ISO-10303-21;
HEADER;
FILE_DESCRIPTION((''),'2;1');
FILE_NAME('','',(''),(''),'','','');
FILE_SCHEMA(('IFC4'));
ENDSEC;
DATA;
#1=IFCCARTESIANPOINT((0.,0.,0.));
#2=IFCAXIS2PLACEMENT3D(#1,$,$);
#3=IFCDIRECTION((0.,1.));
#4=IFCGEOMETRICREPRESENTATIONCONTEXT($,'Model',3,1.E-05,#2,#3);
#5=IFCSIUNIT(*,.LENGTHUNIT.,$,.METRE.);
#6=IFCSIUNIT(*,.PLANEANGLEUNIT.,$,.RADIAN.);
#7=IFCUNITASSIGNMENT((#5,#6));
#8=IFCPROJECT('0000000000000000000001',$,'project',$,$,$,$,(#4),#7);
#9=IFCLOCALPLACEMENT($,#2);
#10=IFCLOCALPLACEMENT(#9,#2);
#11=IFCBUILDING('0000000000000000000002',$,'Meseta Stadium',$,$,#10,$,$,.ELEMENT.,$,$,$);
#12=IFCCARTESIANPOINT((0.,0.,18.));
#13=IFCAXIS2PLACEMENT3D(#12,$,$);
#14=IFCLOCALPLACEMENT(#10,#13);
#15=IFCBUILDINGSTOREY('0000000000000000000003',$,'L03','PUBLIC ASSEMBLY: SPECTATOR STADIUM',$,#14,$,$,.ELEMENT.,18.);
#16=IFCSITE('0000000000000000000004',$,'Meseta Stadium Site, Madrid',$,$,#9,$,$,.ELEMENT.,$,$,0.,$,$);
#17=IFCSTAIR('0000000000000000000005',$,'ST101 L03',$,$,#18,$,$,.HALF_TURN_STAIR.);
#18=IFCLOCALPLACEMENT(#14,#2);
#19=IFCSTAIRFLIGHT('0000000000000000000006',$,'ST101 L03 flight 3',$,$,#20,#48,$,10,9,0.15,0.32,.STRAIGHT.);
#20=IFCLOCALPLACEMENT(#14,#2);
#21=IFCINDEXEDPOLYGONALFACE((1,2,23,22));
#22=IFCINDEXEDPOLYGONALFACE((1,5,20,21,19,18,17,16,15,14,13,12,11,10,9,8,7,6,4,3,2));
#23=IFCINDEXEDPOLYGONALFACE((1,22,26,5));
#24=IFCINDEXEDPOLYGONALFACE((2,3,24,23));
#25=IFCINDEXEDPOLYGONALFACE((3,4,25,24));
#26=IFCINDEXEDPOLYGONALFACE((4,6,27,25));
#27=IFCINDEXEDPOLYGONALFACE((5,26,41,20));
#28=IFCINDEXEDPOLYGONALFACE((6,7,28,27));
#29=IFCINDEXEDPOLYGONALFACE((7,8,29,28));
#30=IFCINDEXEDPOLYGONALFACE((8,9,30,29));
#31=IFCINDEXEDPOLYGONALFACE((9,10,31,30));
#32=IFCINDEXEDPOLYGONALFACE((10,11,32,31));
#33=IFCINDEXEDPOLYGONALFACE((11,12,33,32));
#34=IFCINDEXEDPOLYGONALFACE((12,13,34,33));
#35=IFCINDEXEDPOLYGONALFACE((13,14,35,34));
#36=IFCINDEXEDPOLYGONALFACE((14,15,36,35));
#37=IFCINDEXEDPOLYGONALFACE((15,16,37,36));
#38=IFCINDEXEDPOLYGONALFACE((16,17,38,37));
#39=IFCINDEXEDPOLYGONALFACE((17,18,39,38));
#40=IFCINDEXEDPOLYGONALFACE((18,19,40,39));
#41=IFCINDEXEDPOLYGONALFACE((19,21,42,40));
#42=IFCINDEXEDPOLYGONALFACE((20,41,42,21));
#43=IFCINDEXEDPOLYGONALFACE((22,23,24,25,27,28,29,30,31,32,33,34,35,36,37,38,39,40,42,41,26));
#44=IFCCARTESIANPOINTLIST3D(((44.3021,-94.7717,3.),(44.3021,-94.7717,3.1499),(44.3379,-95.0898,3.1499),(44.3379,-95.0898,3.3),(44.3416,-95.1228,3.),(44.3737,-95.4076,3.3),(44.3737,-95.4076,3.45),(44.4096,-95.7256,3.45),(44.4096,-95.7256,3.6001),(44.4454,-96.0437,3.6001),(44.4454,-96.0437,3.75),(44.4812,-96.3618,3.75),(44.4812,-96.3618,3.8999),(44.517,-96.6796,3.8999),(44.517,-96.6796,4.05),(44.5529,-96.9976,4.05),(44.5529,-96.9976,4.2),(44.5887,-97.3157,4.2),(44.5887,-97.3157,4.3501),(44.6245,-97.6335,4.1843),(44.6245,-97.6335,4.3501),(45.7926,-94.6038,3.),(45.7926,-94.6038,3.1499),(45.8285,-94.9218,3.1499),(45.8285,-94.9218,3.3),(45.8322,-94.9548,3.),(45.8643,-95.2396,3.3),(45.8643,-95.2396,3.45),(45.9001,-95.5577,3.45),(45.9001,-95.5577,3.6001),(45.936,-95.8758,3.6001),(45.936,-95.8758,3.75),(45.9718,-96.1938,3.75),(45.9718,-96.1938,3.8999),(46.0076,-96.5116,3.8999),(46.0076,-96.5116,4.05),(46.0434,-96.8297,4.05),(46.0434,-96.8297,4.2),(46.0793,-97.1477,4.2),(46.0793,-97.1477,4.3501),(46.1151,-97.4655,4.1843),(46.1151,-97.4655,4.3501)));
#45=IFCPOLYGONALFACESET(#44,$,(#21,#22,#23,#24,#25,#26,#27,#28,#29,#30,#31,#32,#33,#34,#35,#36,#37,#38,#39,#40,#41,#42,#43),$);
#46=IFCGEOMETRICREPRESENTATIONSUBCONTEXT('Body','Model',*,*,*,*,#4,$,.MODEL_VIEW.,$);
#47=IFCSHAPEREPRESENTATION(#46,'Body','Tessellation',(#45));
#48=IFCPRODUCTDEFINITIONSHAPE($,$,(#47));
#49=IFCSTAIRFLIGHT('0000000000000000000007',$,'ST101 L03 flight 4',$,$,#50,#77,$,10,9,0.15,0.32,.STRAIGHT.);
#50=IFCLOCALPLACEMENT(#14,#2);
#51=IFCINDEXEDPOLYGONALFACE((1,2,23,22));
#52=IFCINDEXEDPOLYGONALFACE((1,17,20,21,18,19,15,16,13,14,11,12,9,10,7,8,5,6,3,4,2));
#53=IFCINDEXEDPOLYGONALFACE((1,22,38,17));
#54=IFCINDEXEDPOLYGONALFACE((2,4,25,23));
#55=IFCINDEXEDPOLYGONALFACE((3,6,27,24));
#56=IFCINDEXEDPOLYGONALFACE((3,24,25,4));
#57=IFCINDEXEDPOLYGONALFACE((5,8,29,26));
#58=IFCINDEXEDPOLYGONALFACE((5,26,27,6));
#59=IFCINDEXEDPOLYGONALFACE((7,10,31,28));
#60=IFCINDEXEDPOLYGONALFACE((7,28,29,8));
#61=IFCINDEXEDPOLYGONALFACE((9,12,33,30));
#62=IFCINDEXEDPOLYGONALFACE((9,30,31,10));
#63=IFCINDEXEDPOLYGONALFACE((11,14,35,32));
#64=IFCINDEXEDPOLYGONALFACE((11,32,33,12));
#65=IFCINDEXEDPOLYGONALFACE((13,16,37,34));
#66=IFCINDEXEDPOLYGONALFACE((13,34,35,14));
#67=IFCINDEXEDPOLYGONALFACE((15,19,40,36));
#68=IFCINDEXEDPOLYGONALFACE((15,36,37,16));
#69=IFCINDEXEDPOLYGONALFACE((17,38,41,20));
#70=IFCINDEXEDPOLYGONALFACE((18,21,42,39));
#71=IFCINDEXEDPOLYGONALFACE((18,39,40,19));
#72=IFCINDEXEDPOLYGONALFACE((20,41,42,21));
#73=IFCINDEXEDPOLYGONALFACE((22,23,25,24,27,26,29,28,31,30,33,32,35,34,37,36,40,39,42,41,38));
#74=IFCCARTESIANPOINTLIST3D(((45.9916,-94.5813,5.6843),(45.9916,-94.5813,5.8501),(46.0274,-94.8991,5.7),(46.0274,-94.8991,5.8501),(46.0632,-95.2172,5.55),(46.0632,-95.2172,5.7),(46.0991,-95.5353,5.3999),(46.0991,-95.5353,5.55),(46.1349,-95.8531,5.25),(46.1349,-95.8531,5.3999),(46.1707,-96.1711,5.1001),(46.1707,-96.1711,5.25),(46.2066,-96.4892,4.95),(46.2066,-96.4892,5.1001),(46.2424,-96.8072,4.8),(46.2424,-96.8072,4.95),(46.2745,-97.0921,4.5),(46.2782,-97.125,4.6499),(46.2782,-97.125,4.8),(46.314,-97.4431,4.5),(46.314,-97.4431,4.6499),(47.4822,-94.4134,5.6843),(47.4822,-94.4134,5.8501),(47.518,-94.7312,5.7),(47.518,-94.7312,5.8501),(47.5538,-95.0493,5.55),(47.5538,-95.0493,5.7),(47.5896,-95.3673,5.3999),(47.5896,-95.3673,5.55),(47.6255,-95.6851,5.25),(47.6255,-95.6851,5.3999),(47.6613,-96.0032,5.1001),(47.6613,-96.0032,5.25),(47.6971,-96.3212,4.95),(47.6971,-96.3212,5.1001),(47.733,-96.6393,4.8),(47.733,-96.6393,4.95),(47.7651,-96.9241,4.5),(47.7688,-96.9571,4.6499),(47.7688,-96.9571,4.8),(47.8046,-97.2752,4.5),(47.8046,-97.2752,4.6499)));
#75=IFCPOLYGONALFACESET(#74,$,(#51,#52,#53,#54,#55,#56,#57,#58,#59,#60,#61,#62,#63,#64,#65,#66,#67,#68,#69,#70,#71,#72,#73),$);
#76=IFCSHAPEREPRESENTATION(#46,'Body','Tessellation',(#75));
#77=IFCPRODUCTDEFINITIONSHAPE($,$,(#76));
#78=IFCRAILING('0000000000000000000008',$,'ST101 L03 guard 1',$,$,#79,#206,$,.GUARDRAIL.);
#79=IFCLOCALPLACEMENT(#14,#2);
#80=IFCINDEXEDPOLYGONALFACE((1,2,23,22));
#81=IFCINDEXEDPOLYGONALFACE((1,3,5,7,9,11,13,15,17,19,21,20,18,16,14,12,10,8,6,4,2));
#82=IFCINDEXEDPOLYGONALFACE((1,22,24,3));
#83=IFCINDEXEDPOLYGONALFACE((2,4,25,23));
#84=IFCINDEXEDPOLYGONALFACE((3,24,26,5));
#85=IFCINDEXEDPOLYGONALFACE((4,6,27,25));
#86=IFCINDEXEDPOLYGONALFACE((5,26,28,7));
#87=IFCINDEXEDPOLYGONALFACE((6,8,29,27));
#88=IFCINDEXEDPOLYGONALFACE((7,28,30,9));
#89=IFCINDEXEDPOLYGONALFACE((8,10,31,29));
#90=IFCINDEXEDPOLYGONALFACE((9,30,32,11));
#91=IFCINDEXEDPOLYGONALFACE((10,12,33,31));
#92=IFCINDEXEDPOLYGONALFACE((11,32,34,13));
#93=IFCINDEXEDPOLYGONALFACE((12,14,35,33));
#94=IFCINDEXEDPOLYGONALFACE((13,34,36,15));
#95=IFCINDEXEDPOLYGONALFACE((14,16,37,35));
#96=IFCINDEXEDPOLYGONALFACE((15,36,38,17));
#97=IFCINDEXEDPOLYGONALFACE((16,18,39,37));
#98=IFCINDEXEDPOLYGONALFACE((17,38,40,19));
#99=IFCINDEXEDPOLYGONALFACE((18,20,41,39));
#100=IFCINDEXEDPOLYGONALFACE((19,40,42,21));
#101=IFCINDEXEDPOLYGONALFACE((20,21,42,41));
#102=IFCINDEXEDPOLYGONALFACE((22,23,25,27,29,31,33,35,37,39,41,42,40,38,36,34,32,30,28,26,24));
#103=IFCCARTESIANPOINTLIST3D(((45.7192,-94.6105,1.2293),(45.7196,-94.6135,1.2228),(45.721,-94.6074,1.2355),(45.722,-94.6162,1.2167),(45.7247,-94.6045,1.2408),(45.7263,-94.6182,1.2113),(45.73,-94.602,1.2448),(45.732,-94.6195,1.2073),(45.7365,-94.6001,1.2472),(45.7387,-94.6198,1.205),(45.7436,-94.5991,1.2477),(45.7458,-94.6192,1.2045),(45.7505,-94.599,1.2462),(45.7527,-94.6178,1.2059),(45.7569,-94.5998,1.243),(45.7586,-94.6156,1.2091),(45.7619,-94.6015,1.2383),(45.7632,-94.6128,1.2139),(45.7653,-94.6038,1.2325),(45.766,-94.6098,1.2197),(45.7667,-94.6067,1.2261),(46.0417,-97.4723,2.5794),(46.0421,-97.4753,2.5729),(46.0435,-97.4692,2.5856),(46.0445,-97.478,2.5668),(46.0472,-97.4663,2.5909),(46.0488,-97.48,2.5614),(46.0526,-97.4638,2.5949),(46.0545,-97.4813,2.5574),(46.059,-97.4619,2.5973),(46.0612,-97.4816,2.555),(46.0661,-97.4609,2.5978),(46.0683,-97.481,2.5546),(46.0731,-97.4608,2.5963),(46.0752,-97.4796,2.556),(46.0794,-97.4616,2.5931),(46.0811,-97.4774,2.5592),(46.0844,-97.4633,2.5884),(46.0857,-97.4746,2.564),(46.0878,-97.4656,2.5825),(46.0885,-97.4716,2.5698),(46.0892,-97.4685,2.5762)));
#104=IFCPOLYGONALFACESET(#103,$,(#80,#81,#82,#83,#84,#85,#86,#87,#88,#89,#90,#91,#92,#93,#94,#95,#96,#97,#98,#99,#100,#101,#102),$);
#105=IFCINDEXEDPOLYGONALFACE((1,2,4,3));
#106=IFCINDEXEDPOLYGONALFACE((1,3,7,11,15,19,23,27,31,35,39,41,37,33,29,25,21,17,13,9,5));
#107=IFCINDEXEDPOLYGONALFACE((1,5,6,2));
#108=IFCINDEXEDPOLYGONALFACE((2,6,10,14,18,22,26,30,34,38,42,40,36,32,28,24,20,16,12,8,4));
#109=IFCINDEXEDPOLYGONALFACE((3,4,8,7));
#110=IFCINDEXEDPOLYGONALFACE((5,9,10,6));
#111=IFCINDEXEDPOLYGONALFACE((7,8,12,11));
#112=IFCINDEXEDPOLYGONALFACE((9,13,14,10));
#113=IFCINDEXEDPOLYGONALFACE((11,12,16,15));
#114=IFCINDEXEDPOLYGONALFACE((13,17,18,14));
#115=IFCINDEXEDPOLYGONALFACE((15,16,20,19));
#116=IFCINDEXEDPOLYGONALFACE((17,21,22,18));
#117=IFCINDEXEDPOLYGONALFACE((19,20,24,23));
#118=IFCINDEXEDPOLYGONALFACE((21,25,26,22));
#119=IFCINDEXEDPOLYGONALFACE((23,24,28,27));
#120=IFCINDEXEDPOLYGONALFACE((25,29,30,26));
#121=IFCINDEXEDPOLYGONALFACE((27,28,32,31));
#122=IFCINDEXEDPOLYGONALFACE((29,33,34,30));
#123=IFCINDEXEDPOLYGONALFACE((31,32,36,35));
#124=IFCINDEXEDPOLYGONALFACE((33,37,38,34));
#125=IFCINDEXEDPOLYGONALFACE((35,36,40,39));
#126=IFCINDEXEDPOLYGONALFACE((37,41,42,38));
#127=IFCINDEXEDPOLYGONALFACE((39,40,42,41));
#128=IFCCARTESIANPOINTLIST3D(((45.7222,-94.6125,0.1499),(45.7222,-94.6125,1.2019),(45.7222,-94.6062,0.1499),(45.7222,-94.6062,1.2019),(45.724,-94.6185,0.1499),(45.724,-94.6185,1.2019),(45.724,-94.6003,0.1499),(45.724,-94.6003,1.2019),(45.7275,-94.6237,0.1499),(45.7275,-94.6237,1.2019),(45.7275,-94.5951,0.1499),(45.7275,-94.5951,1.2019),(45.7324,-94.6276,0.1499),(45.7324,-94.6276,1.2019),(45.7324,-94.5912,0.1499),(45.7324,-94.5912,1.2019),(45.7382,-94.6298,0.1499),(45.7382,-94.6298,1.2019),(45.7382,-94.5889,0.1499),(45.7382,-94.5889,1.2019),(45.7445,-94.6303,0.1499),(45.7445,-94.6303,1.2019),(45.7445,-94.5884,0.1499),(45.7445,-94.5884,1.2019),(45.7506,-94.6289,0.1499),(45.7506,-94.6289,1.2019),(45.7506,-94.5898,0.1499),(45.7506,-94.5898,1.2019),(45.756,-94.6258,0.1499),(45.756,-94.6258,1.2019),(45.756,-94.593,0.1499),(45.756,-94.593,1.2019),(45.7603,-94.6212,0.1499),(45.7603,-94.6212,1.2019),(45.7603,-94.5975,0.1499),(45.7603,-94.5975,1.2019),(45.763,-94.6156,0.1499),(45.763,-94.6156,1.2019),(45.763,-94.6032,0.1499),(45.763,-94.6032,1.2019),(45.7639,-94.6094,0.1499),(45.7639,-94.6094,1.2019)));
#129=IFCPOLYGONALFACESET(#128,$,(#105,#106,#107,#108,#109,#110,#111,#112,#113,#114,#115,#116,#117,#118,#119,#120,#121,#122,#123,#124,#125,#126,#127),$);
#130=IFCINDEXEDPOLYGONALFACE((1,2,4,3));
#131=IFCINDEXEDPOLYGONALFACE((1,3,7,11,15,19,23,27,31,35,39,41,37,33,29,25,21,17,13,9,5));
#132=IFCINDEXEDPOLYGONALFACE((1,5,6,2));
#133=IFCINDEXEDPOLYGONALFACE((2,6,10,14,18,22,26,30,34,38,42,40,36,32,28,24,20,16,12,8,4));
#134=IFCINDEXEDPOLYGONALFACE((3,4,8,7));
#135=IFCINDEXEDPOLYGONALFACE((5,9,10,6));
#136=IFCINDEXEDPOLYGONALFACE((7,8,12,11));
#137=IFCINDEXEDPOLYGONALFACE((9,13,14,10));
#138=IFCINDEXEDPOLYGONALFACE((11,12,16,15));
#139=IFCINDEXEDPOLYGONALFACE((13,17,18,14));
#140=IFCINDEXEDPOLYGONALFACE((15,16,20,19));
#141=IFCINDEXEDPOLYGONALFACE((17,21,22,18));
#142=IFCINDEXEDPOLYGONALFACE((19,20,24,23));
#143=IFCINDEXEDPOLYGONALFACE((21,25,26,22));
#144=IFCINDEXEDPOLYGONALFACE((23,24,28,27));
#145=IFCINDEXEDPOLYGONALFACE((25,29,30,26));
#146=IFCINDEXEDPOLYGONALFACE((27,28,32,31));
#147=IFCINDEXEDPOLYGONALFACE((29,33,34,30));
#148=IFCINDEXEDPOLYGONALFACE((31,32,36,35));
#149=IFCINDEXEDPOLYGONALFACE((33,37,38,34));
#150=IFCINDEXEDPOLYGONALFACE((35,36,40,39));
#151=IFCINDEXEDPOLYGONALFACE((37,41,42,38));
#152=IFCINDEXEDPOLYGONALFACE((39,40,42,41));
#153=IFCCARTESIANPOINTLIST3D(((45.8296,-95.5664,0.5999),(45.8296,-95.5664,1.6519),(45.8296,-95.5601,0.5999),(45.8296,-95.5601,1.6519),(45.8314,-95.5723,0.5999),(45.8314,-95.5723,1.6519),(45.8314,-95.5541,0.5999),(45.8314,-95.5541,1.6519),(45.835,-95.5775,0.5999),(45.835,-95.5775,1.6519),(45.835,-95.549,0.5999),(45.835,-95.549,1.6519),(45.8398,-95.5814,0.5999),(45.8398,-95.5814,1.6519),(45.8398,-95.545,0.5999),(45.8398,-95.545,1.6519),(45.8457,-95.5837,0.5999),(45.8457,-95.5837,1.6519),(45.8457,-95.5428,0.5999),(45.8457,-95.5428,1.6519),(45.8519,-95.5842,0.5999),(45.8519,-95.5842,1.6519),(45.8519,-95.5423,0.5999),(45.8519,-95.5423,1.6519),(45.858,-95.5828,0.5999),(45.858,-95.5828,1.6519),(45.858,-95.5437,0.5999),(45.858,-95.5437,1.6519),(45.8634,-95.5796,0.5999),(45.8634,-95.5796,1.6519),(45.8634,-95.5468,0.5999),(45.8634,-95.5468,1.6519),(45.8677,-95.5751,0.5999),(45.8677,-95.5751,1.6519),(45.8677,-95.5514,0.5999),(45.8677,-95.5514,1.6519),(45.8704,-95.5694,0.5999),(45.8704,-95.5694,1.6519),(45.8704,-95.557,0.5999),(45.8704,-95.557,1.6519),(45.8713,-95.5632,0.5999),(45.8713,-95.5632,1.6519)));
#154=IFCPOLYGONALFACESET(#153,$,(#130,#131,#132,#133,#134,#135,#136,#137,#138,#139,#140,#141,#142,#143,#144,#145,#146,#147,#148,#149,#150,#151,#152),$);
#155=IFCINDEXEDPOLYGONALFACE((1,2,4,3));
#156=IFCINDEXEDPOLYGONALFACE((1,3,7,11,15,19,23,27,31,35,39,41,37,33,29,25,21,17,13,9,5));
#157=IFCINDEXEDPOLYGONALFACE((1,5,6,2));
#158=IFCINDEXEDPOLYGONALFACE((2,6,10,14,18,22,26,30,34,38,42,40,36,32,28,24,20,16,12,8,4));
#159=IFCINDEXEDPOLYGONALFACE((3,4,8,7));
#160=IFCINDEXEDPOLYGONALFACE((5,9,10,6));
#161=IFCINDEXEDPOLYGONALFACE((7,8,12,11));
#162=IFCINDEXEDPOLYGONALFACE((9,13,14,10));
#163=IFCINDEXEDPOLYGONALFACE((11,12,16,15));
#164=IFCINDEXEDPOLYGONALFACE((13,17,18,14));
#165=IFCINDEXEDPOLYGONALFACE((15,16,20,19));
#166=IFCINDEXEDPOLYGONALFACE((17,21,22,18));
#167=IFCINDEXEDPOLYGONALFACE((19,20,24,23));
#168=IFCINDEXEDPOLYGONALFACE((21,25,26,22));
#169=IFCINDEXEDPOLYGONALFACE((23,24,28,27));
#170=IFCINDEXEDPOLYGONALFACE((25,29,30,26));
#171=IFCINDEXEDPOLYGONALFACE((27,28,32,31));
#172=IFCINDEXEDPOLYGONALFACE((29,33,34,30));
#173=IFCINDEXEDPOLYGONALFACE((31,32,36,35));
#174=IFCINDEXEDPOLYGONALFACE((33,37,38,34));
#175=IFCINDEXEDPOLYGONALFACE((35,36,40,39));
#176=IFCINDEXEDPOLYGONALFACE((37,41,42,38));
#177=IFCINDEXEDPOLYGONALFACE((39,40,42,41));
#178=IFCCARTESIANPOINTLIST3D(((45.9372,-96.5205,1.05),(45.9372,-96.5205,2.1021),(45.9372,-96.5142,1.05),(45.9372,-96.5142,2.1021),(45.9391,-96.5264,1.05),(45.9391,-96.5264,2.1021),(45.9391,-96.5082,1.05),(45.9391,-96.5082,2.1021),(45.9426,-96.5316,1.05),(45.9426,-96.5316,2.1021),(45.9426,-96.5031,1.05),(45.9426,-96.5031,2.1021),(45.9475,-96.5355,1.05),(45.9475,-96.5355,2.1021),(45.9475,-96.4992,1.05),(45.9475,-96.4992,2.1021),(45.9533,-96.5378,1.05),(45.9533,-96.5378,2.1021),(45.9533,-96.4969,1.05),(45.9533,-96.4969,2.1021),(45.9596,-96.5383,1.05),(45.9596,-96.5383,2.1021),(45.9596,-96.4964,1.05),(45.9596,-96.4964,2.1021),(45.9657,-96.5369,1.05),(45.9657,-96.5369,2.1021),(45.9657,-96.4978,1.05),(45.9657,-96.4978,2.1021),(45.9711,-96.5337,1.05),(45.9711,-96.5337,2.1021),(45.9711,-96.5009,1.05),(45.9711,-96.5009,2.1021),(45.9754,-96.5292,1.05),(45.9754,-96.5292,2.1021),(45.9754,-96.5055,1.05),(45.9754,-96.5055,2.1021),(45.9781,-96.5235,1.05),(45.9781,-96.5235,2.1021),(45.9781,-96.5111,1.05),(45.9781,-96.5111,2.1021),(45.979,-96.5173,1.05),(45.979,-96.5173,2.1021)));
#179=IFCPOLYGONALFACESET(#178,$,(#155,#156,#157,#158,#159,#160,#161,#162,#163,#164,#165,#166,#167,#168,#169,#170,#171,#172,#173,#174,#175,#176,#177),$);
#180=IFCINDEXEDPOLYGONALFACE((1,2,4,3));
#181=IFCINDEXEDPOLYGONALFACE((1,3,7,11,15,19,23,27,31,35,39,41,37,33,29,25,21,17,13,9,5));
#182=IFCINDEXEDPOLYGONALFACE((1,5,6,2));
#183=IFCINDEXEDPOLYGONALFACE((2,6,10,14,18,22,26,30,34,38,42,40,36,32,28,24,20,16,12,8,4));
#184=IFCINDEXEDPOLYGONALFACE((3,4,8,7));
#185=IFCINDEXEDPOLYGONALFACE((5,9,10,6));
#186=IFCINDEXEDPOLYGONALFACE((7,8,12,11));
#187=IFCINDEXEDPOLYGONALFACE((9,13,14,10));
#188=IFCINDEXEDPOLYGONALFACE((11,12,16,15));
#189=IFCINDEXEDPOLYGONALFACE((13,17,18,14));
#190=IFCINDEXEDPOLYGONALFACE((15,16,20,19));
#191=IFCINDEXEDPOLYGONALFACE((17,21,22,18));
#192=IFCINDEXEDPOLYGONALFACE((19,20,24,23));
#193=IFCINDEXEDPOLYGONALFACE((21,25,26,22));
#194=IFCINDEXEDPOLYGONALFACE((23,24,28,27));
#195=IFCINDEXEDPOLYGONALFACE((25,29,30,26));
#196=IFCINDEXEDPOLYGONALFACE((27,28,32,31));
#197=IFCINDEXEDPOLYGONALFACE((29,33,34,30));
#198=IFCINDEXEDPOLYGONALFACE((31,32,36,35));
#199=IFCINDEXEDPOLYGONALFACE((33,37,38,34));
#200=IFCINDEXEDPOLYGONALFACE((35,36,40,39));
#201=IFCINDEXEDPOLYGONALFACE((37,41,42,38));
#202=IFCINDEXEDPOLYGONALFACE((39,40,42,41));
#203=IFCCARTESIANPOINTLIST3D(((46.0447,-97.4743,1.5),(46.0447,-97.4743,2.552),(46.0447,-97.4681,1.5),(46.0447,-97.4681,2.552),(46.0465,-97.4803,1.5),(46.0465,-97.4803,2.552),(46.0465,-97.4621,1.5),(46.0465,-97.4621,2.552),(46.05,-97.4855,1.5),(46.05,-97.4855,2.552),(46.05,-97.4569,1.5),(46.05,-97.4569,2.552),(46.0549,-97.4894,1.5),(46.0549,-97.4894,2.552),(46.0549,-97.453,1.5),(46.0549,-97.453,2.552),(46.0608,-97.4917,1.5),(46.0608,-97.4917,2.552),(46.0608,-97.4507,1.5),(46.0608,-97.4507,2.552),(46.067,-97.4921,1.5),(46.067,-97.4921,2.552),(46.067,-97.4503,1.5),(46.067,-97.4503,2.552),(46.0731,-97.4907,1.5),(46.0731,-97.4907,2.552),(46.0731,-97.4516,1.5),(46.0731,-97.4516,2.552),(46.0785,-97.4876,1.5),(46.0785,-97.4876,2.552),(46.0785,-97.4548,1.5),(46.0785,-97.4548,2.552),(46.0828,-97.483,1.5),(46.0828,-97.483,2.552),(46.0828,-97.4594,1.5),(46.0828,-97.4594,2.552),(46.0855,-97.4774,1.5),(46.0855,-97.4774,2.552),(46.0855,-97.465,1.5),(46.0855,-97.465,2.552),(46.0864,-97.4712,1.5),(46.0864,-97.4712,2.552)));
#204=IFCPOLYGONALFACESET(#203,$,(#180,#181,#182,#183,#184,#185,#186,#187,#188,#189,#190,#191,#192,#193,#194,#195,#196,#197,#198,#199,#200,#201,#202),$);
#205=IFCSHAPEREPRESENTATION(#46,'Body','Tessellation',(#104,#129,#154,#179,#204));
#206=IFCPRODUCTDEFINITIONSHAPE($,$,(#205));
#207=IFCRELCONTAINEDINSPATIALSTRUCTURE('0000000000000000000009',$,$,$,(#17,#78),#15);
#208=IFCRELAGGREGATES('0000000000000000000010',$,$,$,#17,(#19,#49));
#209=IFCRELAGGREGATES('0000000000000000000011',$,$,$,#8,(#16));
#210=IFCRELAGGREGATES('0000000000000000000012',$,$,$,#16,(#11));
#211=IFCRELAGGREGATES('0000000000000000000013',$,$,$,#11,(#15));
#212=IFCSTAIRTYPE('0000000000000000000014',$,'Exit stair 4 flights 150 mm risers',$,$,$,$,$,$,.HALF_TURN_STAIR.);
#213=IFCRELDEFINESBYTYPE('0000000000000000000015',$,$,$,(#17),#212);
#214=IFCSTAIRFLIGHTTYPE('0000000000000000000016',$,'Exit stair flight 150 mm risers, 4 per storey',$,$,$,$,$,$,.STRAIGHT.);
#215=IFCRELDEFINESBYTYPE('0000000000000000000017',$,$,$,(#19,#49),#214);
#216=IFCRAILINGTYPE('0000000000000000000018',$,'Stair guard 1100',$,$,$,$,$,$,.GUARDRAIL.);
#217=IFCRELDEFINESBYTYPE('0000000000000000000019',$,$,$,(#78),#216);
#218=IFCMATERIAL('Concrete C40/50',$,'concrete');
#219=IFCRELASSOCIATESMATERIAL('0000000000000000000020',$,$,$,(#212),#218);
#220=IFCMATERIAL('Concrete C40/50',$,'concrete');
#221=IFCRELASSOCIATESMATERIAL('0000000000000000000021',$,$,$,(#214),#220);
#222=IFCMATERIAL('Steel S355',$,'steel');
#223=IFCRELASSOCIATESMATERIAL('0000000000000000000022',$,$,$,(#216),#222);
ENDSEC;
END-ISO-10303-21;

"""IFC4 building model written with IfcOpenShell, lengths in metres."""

from ifc_helpers import new_model, si_unit, direction, frame, origin, origin_2d, place, context, subcontext, project, spatial, polyline, circle, outline, extrude, material, type_object, element, aggregate, save


model = new_model("IFC4")

# Units and contexts
model_context = context("Model", 3, precision=1e-05, world=origin(), true_north=direction((0.0, 1.0)))
body_context = subcontext(model_context, "Body", "Model", "MODEL_VIEW")
ifc_project = project(units=[si_unit("LENGTHUNIT", "METRE"), si_unit("PLANEANGLEUNIT", "RADIAN")], contexts=[model_context])

# Site, building, storey
site_placement = place(None, origin())
site = spatial("IfcSite", under=ifc_project, at=site_placement, Name="Meseta Stadium Site, Madrid", CompositionType="ELEMENT", RefElevation=0.0)
building_placement = place(site_placement, origin())
building = spatial("IfcBuilding", under=site, at=building_placement, Name="Meseta Stadium", CompositionType="ELEMENT")
storey_placement = place(building_placement, frame((0.0, 0.0, 18.0)))
storey = spatial("IfcBuildingStorey", under=building, at=storey_placement, Name="L03", Description="PUBLIC ASSEMBLY: SPECTATOR STADIUM", CompositionType="ELEMENT", Elevation=18.0)

# Stair, stair flights
ifc_material_1 = material(Name="Concrete C40/50", Category="concrete")
stair_type = type_object("IfcStairType", Name="Exit stair 4 flights 150 mm risers", PredefinedType="HALF_TURN_STAIR", material=ifc_material_1)
stair_placement = place(storey_placement, origin())
stair = element("IfcStair", 1, at=stair_placement, inside=storey, type_object=stair_type, Name="ST101 L03", PredefinedType="HALF_TURN_STAIR")
ifc_material_2 = material(Name="Concrete C40/50", Category="concrete")
stair_flight_type = type_object("IfcStairFlightType", Name="Exit stair flight 150 mm risers, 4 per storey", PredefinedType="STRAIGHT", material=ifc_material_2)
stair_flight_1_placement = place(storey_placement, frame((45.0474, -94.6877, 3.0), z_axis=(0.0, 0.0, 1.0), x_axis=(0.111964, -0.993712, 0.0)))
stair_flight_1 = element("IfcStairFlight", 2, at=stair_flight_1_placement, type_object=stair_flight_type, Name="ST101 L03 flight 3", NumberOfRisers=10, NumberOfTreads=9, PredefinedType="STRAIGHT", RiserHeight=0.15, TreadLength=0.32, context=body_context, shape_type="SweptSolid", body=[
    extrude(outline(polyline([(0.0, 0.0), (0.0, 0.1499), (0.3201, 0.1499), (0.3201, 0.3), (0.6399, 0.3), (0.6399, 0.45), (0.96, 0.45), (0.96, 0.6001), (1.28, 0.6001), (1.28, 0.75), (1.6001, 0.75), (1.6001, 0.8999), (1.9199, 0.8999), (1.9199, 1.05), (2.24, 1.05), (2.24, 1.2), (2.5601, 1.2), (2.5601, 1.3501), (2.8799, 1.3501), (2.8799, 1.1843), (0.3533, 0.0), (0.0, 0.0)])), frame((0.0, 0.75, 0.0), z_axis=(0.0, -1.0, 0.0), x_axis=(1.0, 0.0, 0.0)), (0.0, 0.0, 1.0), 1.5),
])
stair_flight_2_placement = place(storey_placement, frame((47.0593, -97.3591, 4.5), z_axis=(0.0, 0.0, 1.0), x_axis=(-0.111964, 0.993712, 0.0)))
stair_flight_2 = element("IfcStairFlight", 3, at=stair_flight_2_placement, type_object=stair_flight_type, Name="ST101 L03 flight 4", NumberOfRisers=10, NumberOfTreads=9, PredefinedType="STRAIGHT", RiserHeight=0.15, TreadLength=0.32, context=body_context, shape_type="SweptSolid", body=[
    extrude(outline(polyline([(0.0, 0.0), (0.0, 0.1499), (0.3201, 0.1499), (0.3201, 0.3), (0.6399, 0.3), (0.6399, 0.45), (0.96, 0.45), (0.96, 0.6001), (1.28, 0.6001), (1.28, 0.75), (1.6001, 0.75), (1.6001, 0.8999), (1.9199, 0.8999), (1.9199, 1.05), (2.24, 1.05), (2.24, 1.2), (2.5601, 1.2), (2.5601, 1.3501), (2.8799, 1.3501), (2.8799, 1.1843), (0.3533, 0.0), (0.0, 0.0)])), frame((0.0, 0.75, 0.0), z_axis=(0.0, -1.0, 0.0), x_axis=(1.0, 0.0, 0.0)), (0.0, 0.0, 1.0), 1.5),
])
aggregate(stair, [stair_flight_1, stair_flight_2])

# Railing
ifc_material_3 = material(Name="Steel S355", Category="steel")
railing_type_1 = type_object("IfcRailingType", Name="Stair guard 1100", PredefinedType="GUARDRAIL", material=ifc_material_3)
railing_1_placement = place(storey_placement, frame((45.7429, -94.6094, 0.1499)))
element("IfcRailing", 4, at=railing_1_placement, inside=storey, type_object=railing_type_1, Name="ST101 L03 guard 1", PredefinedType="GUARDRAIL", context=body_context, shape_type="SweptSolid", body=[
    extrude(circle(Radius=0.0239, at=origin_2d()), frame((0.0, 0.0, 1.0762), z_axis=(0.101396, -0.899748, 0.424467), x_axis=(0.99371, 0.111985, 0.0)), (0.0, 0.0, 1.0), 3.1807),
    extrude(circle(Radius=0.021, at=origin_2d()), origin(), (0.0, 0.0, 1.0), 1.052),
    extrude(circle(Radius=0.021, at=origin_2d()), frame((0.1074, -0.9539, 0.45)), (0.0, 0.0, 1.0), 1.052),
    extrude(circle(Radius=0.021, at=origin_2d()), frame((0.2151, -1.908, 0.9001)), (0.0, 0.0, 1.0), 1.052),
    extrude(circle(Radius=0.021, at=origin_2d()), frame((0.3225, -2.8618, 1.3501)), (0.0, 0.0, 1.0), 1.052),
])

save(model, "model.ifc")
